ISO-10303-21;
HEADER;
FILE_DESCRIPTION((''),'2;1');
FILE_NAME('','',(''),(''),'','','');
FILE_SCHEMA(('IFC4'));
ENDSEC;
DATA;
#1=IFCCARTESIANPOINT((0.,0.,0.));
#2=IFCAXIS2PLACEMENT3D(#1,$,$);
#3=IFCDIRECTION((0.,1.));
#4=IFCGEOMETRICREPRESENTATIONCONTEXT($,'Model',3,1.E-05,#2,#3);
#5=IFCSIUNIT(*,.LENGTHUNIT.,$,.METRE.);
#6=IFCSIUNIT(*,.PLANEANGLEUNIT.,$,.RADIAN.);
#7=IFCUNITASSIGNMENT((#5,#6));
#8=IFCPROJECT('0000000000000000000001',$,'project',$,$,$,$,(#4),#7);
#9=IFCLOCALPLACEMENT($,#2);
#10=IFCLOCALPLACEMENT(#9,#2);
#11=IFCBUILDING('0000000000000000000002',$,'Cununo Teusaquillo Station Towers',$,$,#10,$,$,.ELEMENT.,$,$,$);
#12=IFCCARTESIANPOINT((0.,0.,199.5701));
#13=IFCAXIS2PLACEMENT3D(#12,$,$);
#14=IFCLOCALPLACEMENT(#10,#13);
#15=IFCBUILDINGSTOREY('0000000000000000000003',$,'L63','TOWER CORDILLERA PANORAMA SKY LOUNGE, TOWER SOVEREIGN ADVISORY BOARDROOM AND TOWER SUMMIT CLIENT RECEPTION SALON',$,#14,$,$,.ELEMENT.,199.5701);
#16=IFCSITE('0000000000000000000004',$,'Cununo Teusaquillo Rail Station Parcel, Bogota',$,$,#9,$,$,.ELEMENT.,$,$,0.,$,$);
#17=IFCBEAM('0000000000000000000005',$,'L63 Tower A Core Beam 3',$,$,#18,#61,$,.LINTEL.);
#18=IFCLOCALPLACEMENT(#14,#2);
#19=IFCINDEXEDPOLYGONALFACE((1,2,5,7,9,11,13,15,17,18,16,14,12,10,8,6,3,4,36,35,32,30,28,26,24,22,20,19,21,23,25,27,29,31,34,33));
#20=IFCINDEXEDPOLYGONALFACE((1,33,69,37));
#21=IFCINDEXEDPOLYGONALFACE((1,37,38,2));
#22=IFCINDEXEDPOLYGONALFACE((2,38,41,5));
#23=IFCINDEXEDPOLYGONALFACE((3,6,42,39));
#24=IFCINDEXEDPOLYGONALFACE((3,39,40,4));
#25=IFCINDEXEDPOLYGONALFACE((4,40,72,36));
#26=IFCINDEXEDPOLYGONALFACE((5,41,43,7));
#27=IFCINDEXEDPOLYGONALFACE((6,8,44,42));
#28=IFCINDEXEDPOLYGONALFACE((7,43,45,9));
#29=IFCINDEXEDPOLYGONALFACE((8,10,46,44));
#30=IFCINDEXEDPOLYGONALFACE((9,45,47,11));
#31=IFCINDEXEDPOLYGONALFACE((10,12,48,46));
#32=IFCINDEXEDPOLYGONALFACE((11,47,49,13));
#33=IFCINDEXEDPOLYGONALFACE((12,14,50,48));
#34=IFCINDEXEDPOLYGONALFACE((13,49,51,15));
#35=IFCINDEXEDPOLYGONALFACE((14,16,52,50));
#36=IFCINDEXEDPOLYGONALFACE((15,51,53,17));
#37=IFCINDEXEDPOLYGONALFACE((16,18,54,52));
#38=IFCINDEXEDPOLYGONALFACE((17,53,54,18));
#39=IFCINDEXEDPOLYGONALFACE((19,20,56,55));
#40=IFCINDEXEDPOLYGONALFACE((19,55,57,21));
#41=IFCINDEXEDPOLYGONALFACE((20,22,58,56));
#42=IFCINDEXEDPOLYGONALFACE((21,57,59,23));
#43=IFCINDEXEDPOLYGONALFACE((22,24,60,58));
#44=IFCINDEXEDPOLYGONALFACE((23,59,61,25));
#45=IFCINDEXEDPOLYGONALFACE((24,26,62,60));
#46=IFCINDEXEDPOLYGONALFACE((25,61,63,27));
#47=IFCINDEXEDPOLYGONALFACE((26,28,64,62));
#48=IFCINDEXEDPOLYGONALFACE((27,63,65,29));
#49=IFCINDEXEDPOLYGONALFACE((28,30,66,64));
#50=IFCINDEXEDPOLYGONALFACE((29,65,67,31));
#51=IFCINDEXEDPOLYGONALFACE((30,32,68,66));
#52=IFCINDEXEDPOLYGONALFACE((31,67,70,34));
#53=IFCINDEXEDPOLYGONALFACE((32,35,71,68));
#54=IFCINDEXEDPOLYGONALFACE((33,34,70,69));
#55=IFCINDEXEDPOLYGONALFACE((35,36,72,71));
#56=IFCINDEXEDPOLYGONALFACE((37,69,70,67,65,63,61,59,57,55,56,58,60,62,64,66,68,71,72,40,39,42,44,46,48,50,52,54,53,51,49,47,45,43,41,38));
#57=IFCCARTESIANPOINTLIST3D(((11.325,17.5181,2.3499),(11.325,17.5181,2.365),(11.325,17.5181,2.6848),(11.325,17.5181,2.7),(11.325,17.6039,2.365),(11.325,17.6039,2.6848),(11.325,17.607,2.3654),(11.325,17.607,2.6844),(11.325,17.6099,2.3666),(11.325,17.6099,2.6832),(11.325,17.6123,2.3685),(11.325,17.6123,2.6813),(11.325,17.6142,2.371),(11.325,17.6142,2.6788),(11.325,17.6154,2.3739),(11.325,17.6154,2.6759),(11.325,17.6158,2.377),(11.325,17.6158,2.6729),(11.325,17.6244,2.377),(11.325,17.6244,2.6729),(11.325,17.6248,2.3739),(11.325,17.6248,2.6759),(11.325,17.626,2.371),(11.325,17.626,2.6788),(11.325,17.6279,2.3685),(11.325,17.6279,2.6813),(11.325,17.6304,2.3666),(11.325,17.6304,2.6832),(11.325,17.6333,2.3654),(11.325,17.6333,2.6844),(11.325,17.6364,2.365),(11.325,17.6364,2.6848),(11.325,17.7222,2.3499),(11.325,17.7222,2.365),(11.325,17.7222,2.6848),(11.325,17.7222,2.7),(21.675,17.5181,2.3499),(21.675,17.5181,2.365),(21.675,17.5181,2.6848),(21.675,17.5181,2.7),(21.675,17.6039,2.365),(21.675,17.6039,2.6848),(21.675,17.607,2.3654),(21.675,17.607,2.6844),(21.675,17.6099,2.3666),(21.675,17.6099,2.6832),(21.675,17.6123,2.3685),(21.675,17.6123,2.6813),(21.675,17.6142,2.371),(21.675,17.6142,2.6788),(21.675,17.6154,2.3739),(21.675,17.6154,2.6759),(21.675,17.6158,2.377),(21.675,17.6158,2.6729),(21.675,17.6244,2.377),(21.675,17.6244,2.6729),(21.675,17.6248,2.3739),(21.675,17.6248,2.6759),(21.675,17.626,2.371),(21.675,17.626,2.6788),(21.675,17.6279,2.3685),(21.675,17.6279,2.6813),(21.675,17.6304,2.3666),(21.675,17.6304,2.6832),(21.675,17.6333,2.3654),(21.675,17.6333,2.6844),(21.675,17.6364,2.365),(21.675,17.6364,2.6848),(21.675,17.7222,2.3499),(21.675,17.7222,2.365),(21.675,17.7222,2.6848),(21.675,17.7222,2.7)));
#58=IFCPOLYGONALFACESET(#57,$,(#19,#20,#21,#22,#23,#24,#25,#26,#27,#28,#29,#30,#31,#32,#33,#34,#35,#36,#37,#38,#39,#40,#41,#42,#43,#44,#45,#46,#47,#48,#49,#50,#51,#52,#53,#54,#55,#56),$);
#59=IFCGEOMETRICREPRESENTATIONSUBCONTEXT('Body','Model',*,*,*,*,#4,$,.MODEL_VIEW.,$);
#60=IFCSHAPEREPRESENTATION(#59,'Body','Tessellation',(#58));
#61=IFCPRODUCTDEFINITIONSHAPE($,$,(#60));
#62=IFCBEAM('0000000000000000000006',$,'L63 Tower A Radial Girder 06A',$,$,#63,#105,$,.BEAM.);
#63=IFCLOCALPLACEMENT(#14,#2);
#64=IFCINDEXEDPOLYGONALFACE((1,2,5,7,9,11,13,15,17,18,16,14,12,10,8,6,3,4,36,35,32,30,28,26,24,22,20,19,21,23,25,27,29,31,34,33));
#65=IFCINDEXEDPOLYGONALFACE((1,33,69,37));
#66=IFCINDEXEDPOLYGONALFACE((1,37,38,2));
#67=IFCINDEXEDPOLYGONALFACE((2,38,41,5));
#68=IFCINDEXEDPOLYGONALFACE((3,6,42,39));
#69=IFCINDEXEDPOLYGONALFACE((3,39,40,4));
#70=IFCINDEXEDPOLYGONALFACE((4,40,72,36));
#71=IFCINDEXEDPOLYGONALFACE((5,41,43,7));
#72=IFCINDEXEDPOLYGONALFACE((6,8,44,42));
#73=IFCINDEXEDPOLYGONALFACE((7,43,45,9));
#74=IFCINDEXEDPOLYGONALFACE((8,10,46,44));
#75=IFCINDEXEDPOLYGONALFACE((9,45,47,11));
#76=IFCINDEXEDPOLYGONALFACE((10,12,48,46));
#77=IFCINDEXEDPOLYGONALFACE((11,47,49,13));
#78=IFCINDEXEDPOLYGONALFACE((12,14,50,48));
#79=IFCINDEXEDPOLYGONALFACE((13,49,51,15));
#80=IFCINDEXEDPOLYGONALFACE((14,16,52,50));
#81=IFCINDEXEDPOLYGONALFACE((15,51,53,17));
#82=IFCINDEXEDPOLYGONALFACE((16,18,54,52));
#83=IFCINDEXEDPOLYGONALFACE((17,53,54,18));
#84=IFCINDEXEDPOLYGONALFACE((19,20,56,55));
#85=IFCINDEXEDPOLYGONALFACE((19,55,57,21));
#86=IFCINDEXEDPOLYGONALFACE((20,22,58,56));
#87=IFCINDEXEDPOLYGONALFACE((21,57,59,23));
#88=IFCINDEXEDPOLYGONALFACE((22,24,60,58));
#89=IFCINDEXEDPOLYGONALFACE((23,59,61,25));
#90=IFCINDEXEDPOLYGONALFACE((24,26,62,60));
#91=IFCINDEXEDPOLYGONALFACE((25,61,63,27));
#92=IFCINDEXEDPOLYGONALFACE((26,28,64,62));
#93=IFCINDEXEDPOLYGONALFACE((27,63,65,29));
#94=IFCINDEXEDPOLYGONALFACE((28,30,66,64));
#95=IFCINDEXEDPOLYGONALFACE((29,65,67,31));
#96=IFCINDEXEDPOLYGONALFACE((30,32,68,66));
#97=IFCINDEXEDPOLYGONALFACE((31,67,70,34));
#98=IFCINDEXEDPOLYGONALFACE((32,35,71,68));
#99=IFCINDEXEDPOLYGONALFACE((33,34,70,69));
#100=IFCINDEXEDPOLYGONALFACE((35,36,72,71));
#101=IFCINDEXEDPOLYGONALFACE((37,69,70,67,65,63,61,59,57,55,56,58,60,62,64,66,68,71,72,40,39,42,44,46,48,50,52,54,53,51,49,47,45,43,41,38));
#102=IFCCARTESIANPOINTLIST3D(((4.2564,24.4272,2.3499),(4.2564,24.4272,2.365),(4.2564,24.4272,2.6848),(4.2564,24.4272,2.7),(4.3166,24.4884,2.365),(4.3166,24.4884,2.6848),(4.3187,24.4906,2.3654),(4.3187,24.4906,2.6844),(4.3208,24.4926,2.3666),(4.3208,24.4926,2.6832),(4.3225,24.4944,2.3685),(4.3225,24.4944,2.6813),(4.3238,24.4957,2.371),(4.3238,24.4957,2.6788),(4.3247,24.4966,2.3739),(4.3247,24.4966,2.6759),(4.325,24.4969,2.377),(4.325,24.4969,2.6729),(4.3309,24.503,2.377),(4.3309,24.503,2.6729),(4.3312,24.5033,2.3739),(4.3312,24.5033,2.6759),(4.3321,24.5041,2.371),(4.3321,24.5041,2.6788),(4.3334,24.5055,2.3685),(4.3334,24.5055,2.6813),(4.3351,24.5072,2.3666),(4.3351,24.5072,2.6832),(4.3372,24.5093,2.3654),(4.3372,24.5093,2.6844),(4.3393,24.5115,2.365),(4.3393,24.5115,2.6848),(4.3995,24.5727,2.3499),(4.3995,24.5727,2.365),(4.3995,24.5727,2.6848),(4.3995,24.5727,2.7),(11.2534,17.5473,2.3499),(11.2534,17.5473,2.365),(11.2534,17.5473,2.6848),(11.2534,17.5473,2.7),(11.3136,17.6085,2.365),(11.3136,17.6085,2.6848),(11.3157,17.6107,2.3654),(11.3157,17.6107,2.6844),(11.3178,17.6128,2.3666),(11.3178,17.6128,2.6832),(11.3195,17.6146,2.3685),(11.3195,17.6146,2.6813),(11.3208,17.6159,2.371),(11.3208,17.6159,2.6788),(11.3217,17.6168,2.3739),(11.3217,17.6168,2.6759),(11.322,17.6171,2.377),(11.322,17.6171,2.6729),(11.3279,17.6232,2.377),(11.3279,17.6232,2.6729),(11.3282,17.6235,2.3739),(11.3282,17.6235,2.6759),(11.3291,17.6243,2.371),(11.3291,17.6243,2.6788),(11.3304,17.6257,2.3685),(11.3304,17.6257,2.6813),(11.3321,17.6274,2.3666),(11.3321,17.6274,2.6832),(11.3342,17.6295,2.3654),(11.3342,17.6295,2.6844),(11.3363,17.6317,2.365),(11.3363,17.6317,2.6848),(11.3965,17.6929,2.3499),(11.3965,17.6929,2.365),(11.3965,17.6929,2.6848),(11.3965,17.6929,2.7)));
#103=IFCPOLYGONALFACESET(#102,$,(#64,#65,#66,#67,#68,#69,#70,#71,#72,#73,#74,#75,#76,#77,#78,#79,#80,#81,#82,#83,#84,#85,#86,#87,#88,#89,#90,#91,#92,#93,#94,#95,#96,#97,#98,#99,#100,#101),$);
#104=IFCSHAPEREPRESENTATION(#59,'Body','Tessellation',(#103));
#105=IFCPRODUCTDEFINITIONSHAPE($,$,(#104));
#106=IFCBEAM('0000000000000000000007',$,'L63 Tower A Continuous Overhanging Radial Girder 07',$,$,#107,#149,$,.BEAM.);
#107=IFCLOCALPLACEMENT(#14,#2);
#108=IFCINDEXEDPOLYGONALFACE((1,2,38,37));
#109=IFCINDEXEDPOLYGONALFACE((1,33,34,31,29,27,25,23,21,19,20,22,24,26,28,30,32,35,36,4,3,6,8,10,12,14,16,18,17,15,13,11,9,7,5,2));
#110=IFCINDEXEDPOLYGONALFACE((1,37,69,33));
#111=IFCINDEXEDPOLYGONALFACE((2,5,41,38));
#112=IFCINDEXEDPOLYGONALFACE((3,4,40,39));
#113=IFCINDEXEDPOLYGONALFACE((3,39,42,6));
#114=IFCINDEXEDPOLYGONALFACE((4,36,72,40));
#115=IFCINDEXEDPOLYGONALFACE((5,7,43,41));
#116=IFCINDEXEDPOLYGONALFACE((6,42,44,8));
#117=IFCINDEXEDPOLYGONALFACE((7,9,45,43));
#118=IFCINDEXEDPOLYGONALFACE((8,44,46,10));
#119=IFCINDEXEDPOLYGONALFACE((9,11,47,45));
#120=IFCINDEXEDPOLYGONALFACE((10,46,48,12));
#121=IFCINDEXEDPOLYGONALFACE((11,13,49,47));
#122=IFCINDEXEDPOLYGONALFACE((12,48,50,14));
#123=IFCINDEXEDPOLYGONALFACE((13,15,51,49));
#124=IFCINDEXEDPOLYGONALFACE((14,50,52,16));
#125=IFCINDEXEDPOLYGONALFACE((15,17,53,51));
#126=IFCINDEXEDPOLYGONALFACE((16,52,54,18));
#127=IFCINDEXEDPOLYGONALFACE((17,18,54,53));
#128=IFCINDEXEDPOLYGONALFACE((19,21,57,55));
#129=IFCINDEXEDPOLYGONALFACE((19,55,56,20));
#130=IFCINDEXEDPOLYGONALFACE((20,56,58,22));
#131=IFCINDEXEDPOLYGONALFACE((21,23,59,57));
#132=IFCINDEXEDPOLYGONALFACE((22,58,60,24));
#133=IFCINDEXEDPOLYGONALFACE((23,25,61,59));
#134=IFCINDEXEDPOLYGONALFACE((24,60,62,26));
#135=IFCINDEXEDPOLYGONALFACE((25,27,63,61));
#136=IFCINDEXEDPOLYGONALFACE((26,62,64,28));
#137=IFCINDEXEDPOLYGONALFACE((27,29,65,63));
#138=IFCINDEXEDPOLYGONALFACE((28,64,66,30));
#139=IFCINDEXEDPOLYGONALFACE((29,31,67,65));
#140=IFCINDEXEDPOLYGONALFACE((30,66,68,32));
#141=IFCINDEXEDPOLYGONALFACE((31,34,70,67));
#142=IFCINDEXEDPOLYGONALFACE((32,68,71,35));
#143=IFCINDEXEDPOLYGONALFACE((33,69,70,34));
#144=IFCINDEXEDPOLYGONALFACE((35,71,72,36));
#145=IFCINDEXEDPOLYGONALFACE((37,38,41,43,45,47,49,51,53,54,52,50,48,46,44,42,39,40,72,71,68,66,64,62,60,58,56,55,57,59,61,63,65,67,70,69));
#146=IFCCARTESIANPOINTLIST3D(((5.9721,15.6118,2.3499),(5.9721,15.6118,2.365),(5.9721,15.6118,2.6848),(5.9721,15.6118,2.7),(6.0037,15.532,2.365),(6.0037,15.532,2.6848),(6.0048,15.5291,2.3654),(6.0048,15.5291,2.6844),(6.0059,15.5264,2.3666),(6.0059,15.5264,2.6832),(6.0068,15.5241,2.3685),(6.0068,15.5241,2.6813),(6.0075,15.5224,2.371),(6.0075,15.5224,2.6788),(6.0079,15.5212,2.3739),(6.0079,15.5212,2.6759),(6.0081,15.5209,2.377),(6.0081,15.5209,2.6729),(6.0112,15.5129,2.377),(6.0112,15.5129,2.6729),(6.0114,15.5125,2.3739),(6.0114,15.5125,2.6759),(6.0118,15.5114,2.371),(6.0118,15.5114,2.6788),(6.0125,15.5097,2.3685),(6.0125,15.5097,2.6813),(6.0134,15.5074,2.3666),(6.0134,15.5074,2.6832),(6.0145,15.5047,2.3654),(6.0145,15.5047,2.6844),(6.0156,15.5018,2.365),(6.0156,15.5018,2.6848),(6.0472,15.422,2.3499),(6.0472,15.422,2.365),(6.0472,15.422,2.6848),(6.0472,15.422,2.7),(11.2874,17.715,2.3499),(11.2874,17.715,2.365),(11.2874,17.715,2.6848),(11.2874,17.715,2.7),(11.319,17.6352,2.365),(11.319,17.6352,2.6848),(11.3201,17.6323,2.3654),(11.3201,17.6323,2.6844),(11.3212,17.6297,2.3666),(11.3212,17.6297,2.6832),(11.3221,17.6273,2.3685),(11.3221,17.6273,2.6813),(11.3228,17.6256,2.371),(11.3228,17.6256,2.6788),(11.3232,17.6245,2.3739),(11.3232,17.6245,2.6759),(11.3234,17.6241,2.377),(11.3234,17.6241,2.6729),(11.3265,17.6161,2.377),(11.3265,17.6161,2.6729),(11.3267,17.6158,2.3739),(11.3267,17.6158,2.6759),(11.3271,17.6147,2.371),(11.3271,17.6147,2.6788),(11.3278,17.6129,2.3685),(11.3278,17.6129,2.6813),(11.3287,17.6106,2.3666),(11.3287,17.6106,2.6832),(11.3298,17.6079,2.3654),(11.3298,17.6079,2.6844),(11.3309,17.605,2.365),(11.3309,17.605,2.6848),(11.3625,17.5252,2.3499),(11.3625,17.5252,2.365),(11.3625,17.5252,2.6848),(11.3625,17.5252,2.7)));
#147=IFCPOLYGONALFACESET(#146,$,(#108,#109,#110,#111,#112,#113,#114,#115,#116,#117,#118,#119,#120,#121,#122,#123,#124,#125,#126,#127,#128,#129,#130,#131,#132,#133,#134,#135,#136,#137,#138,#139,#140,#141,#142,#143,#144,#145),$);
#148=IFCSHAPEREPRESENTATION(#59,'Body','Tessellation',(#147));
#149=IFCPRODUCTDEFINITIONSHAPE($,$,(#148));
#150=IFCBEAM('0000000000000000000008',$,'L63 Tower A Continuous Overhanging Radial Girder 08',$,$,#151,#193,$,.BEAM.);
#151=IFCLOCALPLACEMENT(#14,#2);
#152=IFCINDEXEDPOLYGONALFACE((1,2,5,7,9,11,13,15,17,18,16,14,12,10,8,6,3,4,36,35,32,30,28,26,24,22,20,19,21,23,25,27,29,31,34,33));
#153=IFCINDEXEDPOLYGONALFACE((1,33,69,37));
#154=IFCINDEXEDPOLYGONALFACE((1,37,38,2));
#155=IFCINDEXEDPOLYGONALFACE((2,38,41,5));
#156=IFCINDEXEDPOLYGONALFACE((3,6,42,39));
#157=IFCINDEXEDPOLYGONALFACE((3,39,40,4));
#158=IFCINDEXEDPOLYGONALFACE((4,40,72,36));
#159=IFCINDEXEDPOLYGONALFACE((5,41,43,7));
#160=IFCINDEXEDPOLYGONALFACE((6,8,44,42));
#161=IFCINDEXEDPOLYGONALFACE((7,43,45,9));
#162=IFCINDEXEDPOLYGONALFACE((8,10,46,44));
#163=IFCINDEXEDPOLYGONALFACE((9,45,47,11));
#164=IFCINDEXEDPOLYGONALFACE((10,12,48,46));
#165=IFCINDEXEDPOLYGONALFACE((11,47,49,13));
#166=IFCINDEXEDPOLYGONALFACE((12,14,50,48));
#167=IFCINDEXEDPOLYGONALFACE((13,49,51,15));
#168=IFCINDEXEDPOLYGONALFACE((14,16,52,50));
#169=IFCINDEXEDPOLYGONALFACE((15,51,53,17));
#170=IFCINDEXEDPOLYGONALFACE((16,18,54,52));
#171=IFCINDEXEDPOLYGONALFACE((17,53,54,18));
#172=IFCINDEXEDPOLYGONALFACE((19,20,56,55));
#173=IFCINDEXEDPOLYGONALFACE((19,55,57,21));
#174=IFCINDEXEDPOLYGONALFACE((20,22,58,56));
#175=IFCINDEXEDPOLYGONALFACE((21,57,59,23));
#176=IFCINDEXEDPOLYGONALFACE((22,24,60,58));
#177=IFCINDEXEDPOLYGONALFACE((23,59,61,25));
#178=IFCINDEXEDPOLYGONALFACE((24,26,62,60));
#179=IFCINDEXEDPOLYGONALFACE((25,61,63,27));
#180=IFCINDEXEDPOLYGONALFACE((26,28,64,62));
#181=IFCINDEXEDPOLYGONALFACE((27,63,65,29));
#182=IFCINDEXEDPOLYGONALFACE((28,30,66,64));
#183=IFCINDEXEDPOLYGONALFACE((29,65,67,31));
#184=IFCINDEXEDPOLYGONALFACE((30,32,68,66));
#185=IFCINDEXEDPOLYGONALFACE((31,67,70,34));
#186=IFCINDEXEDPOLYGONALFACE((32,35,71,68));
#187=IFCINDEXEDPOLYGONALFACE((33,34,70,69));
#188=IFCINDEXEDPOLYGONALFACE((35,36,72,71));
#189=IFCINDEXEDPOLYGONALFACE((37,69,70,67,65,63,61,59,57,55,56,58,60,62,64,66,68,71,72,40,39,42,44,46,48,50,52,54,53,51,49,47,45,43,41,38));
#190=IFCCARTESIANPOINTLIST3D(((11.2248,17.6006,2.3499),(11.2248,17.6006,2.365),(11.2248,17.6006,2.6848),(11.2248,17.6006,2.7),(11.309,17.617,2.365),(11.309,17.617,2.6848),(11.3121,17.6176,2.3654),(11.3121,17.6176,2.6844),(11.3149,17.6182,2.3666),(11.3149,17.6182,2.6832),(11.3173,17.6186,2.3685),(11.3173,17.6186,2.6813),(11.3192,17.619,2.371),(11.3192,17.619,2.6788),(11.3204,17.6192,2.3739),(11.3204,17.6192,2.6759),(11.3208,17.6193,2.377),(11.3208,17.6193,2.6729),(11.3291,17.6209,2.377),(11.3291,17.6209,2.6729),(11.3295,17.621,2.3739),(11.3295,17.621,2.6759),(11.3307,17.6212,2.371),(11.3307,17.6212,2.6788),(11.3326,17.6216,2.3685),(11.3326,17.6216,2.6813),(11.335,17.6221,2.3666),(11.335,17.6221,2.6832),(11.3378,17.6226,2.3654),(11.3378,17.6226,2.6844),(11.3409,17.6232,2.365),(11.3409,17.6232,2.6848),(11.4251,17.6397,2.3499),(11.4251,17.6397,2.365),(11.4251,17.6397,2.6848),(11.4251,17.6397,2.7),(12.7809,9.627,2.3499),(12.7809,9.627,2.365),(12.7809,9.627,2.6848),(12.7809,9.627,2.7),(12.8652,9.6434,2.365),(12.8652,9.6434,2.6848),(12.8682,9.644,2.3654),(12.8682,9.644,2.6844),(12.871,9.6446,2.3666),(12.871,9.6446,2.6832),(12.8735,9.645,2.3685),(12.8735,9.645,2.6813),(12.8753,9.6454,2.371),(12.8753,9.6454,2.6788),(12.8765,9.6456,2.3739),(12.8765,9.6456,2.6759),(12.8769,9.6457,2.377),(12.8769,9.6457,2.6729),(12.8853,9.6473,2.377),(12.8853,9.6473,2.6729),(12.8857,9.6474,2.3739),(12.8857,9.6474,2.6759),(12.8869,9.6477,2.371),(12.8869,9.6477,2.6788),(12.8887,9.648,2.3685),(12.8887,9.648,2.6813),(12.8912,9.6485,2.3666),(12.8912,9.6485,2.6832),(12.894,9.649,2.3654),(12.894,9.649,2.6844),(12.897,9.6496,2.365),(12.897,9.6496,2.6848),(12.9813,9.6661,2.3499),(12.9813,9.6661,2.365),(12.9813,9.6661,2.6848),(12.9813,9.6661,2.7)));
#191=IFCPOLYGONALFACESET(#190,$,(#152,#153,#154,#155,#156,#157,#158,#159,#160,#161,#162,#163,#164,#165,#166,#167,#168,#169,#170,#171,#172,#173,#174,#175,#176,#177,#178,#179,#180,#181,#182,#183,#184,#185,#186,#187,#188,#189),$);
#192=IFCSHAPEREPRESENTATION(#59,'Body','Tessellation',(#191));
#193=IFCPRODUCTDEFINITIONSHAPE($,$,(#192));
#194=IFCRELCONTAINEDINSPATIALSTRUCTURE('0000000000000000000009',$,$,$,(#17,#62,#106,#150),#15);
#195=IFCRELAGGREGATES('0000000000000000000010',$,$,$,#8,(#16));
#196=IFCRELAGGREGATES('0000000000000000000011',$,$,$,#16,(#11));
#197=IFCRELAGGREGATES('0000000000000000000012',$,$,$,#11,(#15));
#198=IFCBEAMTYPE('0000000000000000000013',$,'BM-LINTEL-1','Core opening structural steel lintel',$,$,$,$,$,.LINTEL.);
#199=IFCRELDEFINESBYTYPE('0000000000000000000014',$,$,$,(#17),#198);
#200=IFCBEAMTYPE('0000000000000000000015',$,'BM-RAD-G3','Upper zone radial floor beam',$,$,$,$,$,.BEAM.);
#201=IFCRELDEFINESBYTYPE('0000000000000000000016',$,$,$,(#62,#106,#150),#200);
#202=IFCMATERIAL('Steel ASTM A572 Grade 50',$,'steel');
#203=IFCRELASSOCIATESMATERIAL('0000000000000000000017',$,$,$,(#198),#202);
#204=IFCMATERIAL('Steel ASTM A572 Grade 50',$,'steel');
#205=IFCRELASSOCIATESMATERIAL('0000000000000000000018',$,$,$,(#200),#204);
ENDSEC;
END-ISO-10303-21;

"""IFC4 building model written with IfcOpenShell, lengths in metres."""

from ifc_helpers import new_model, si_unit, direction, frame, origin, origin_2d, place, context, subcontext, project, spatial, i_section, extrude, material, material_profile, profile_set, type_object, element, save


model = new_model("IFC4")

# Units and contexts
model_context = context("Model", 3, precision=1e-05, world=origin(), true_north=direction((0.0, 1.0)))
body_context = subcontext(model_context, "Body", "Model", "MODEL_VIEW")
ifc_project = project(units=[si_unit("LENGTHUNIT", "METRE"), si_unit("PLANEANGLEUNIT", "RADIAN")], contexts=[model_context])

# Site, building, storey
site_placement = place(None, origin())
site = spatial("IfcSite", under=ifc_project, at=site_placement, Name="Cununo Teusaquillo Rail Station Parcel, Bogota", CompositionType="ELEMENT", RefElevation=0.0)
building_placement = place(site_placement, origin())
building = spatial("IfcBuilding", under=site, at=building_placement, Name="Cununo Teusaquillo Station Towers", CompositionType="ELEMENT")
storey_placement = place(building_placement, frame((0.0, 0.0, 199.5701)))
storey = spatial("IfcBuildingStorey", under=building, at=storey_placement, Name="L63", Description="TOWER CORDILLERA PANORAMA SKY LOUNGE, TOWER SOVEREIGN ADVISORY BOARDROOM AND TOWER SUMMIT CLIENT RECEPTION SALON", CompositionType="ELEMENT", Elevation=199.5701)

# Beams
ifc_material_1 = material(Name="Steel ASTM A572 Grade 50", Category="steel")
ifc_material_profile_1 = material_profile(ifc_material_1, i_section(OverallWidth=0.2041, OverallDepth=0.3501, WebThickness=0.0085, FlangeThickness=0.0151, FilletRadius=0.012, at=origin_2d()), Name="W14X48")
ifc_profile_set_1 = profile_set([ifc_material_profile_1], Name="Steel ASTM A572 Grade 50")
beam_type_1 = type_object("IfcBeamType", Name="BM-LINTEL-1", Description="Core opening structural steel lintel", PredefinedType="LINTEL", material=ifc_profile_set_1)
beam_1_placement = place(storey_placement, frame((11.325, 17.6201, 2.5249), z_axis=(1.0, 0.0, 0.0), x_axis=(0.0, 1.0, 0.0)))
element("IfcBeam", 1, at=beam_1_placement, inside=storey, type_object=beam_type_1, Name="L63 Tower A Core Beam 3", PredefinedType="LINTEL", context=body_context, shape_type="SweptSolid", body=[
    extrude(i_section(OverallWidth=0.2041, OverallDepth=0.3501, WebThickness=0.0085, FlangeThickness=0.0151, FilletRadius=0.012, at=origin_2d()), origin(), (0.0, 0.0, 1.0), 10.3501),
])
ifc_material_2 = material(Name="Steel ASTM A572 Grade 50", Category="steel")
ifc_material_profile_2 = material_profile(ifc_material_2, i_section(OverallWidth=0.2041, OverallDepth=0.3501, WebThickness=0.0085, FlangeThickness=0.0151, FilletRadius=0.012, at=origin_2d()), Name="W14X48")
ifc_profile_set_2 = profile_set([ifc_material_profile_2], Name="Steel ASTM A572 Grade 50")
beam_type_2 = type_object("IfcBeamType", Name="BM-RAD-G3", Description="Upper zone radial floor beam", PredefinedType="BEAM", material=ifc_profile_set_2)
beam_2_placement = place(storey_placement, frame((11.325, 17.6201, 2.5249), z_axis=(-0.713053, 0.70111, 0.0), x_axis=(-0.70111, -0.713053, 0.0)))
element("IfcBeam", 2, at=beam_2_placement, inside=storey, type_object=beam_type_2, Name="L63 Tower A Radial Girder 06A", PredefinedType="BEAM", context=body_context, shape_type="SweptSolid", body=[
    extrude(i_section(OverallWidth=0.2041, OverallDepth=0.3501, WebThickness=0.0085, FlangeThickness=0.0151, FilletRadius=0.012, at=origin_2d()), origin(), (0.0, 0.0, 1.0), 9.8127),
])
beam_3_placement = place(storey_placement, frame((11.325, 17.6201, 2.5249), z_axis=(-0.929852, -0.367935, 0.0), x_axis=(0.367935, -0.929852, 0.0)))
element("IfcBeam", 3, at=beam_3_placement, inside=storey, type_object=beam_type_2, Name="L63 Tower A Continuous Overhanging Radial Girder 07", PredefinedType="BEAM", context=body_context, shape_type="SweptSolid", body=[
    extrude(i_section(OverallWidth=0.2041, OverallDepth=0.3501, WebThickness=0.0085, FlangeThickness=0.0151, FilletRadius=0.012, at=origin_2d()), origin(), (0.0, 0.0, 1.0), 5.7163),
])
beam_4_placement = place(storey_placement, frame((11.325, 17.6201, 2.5249), z_axis=(0.191548, -0.981483, 0.0), x_axis=(0.981483, 0.191548, 0.0)))
element("IfcBeam", 4, at=beam_4_placement, inside=storey, type_object=beam_type_2, Name="L63 Tower A Continuous Overhanging Radial Girder 08", PredefinedType="BEAM", context=body_context, shape_type="SweptSolid", body=[
    extrude(i_section(OverallWidth=0.2041, OverallDepth=0.3501, WebThickness=0.0085, FlangeThickness=0.0151, FilletRadius=0.012, at=origin_2d()), origin(), (0.0, 0.0, 1.0), 8.124),
])

save(model, "model.ifc")
